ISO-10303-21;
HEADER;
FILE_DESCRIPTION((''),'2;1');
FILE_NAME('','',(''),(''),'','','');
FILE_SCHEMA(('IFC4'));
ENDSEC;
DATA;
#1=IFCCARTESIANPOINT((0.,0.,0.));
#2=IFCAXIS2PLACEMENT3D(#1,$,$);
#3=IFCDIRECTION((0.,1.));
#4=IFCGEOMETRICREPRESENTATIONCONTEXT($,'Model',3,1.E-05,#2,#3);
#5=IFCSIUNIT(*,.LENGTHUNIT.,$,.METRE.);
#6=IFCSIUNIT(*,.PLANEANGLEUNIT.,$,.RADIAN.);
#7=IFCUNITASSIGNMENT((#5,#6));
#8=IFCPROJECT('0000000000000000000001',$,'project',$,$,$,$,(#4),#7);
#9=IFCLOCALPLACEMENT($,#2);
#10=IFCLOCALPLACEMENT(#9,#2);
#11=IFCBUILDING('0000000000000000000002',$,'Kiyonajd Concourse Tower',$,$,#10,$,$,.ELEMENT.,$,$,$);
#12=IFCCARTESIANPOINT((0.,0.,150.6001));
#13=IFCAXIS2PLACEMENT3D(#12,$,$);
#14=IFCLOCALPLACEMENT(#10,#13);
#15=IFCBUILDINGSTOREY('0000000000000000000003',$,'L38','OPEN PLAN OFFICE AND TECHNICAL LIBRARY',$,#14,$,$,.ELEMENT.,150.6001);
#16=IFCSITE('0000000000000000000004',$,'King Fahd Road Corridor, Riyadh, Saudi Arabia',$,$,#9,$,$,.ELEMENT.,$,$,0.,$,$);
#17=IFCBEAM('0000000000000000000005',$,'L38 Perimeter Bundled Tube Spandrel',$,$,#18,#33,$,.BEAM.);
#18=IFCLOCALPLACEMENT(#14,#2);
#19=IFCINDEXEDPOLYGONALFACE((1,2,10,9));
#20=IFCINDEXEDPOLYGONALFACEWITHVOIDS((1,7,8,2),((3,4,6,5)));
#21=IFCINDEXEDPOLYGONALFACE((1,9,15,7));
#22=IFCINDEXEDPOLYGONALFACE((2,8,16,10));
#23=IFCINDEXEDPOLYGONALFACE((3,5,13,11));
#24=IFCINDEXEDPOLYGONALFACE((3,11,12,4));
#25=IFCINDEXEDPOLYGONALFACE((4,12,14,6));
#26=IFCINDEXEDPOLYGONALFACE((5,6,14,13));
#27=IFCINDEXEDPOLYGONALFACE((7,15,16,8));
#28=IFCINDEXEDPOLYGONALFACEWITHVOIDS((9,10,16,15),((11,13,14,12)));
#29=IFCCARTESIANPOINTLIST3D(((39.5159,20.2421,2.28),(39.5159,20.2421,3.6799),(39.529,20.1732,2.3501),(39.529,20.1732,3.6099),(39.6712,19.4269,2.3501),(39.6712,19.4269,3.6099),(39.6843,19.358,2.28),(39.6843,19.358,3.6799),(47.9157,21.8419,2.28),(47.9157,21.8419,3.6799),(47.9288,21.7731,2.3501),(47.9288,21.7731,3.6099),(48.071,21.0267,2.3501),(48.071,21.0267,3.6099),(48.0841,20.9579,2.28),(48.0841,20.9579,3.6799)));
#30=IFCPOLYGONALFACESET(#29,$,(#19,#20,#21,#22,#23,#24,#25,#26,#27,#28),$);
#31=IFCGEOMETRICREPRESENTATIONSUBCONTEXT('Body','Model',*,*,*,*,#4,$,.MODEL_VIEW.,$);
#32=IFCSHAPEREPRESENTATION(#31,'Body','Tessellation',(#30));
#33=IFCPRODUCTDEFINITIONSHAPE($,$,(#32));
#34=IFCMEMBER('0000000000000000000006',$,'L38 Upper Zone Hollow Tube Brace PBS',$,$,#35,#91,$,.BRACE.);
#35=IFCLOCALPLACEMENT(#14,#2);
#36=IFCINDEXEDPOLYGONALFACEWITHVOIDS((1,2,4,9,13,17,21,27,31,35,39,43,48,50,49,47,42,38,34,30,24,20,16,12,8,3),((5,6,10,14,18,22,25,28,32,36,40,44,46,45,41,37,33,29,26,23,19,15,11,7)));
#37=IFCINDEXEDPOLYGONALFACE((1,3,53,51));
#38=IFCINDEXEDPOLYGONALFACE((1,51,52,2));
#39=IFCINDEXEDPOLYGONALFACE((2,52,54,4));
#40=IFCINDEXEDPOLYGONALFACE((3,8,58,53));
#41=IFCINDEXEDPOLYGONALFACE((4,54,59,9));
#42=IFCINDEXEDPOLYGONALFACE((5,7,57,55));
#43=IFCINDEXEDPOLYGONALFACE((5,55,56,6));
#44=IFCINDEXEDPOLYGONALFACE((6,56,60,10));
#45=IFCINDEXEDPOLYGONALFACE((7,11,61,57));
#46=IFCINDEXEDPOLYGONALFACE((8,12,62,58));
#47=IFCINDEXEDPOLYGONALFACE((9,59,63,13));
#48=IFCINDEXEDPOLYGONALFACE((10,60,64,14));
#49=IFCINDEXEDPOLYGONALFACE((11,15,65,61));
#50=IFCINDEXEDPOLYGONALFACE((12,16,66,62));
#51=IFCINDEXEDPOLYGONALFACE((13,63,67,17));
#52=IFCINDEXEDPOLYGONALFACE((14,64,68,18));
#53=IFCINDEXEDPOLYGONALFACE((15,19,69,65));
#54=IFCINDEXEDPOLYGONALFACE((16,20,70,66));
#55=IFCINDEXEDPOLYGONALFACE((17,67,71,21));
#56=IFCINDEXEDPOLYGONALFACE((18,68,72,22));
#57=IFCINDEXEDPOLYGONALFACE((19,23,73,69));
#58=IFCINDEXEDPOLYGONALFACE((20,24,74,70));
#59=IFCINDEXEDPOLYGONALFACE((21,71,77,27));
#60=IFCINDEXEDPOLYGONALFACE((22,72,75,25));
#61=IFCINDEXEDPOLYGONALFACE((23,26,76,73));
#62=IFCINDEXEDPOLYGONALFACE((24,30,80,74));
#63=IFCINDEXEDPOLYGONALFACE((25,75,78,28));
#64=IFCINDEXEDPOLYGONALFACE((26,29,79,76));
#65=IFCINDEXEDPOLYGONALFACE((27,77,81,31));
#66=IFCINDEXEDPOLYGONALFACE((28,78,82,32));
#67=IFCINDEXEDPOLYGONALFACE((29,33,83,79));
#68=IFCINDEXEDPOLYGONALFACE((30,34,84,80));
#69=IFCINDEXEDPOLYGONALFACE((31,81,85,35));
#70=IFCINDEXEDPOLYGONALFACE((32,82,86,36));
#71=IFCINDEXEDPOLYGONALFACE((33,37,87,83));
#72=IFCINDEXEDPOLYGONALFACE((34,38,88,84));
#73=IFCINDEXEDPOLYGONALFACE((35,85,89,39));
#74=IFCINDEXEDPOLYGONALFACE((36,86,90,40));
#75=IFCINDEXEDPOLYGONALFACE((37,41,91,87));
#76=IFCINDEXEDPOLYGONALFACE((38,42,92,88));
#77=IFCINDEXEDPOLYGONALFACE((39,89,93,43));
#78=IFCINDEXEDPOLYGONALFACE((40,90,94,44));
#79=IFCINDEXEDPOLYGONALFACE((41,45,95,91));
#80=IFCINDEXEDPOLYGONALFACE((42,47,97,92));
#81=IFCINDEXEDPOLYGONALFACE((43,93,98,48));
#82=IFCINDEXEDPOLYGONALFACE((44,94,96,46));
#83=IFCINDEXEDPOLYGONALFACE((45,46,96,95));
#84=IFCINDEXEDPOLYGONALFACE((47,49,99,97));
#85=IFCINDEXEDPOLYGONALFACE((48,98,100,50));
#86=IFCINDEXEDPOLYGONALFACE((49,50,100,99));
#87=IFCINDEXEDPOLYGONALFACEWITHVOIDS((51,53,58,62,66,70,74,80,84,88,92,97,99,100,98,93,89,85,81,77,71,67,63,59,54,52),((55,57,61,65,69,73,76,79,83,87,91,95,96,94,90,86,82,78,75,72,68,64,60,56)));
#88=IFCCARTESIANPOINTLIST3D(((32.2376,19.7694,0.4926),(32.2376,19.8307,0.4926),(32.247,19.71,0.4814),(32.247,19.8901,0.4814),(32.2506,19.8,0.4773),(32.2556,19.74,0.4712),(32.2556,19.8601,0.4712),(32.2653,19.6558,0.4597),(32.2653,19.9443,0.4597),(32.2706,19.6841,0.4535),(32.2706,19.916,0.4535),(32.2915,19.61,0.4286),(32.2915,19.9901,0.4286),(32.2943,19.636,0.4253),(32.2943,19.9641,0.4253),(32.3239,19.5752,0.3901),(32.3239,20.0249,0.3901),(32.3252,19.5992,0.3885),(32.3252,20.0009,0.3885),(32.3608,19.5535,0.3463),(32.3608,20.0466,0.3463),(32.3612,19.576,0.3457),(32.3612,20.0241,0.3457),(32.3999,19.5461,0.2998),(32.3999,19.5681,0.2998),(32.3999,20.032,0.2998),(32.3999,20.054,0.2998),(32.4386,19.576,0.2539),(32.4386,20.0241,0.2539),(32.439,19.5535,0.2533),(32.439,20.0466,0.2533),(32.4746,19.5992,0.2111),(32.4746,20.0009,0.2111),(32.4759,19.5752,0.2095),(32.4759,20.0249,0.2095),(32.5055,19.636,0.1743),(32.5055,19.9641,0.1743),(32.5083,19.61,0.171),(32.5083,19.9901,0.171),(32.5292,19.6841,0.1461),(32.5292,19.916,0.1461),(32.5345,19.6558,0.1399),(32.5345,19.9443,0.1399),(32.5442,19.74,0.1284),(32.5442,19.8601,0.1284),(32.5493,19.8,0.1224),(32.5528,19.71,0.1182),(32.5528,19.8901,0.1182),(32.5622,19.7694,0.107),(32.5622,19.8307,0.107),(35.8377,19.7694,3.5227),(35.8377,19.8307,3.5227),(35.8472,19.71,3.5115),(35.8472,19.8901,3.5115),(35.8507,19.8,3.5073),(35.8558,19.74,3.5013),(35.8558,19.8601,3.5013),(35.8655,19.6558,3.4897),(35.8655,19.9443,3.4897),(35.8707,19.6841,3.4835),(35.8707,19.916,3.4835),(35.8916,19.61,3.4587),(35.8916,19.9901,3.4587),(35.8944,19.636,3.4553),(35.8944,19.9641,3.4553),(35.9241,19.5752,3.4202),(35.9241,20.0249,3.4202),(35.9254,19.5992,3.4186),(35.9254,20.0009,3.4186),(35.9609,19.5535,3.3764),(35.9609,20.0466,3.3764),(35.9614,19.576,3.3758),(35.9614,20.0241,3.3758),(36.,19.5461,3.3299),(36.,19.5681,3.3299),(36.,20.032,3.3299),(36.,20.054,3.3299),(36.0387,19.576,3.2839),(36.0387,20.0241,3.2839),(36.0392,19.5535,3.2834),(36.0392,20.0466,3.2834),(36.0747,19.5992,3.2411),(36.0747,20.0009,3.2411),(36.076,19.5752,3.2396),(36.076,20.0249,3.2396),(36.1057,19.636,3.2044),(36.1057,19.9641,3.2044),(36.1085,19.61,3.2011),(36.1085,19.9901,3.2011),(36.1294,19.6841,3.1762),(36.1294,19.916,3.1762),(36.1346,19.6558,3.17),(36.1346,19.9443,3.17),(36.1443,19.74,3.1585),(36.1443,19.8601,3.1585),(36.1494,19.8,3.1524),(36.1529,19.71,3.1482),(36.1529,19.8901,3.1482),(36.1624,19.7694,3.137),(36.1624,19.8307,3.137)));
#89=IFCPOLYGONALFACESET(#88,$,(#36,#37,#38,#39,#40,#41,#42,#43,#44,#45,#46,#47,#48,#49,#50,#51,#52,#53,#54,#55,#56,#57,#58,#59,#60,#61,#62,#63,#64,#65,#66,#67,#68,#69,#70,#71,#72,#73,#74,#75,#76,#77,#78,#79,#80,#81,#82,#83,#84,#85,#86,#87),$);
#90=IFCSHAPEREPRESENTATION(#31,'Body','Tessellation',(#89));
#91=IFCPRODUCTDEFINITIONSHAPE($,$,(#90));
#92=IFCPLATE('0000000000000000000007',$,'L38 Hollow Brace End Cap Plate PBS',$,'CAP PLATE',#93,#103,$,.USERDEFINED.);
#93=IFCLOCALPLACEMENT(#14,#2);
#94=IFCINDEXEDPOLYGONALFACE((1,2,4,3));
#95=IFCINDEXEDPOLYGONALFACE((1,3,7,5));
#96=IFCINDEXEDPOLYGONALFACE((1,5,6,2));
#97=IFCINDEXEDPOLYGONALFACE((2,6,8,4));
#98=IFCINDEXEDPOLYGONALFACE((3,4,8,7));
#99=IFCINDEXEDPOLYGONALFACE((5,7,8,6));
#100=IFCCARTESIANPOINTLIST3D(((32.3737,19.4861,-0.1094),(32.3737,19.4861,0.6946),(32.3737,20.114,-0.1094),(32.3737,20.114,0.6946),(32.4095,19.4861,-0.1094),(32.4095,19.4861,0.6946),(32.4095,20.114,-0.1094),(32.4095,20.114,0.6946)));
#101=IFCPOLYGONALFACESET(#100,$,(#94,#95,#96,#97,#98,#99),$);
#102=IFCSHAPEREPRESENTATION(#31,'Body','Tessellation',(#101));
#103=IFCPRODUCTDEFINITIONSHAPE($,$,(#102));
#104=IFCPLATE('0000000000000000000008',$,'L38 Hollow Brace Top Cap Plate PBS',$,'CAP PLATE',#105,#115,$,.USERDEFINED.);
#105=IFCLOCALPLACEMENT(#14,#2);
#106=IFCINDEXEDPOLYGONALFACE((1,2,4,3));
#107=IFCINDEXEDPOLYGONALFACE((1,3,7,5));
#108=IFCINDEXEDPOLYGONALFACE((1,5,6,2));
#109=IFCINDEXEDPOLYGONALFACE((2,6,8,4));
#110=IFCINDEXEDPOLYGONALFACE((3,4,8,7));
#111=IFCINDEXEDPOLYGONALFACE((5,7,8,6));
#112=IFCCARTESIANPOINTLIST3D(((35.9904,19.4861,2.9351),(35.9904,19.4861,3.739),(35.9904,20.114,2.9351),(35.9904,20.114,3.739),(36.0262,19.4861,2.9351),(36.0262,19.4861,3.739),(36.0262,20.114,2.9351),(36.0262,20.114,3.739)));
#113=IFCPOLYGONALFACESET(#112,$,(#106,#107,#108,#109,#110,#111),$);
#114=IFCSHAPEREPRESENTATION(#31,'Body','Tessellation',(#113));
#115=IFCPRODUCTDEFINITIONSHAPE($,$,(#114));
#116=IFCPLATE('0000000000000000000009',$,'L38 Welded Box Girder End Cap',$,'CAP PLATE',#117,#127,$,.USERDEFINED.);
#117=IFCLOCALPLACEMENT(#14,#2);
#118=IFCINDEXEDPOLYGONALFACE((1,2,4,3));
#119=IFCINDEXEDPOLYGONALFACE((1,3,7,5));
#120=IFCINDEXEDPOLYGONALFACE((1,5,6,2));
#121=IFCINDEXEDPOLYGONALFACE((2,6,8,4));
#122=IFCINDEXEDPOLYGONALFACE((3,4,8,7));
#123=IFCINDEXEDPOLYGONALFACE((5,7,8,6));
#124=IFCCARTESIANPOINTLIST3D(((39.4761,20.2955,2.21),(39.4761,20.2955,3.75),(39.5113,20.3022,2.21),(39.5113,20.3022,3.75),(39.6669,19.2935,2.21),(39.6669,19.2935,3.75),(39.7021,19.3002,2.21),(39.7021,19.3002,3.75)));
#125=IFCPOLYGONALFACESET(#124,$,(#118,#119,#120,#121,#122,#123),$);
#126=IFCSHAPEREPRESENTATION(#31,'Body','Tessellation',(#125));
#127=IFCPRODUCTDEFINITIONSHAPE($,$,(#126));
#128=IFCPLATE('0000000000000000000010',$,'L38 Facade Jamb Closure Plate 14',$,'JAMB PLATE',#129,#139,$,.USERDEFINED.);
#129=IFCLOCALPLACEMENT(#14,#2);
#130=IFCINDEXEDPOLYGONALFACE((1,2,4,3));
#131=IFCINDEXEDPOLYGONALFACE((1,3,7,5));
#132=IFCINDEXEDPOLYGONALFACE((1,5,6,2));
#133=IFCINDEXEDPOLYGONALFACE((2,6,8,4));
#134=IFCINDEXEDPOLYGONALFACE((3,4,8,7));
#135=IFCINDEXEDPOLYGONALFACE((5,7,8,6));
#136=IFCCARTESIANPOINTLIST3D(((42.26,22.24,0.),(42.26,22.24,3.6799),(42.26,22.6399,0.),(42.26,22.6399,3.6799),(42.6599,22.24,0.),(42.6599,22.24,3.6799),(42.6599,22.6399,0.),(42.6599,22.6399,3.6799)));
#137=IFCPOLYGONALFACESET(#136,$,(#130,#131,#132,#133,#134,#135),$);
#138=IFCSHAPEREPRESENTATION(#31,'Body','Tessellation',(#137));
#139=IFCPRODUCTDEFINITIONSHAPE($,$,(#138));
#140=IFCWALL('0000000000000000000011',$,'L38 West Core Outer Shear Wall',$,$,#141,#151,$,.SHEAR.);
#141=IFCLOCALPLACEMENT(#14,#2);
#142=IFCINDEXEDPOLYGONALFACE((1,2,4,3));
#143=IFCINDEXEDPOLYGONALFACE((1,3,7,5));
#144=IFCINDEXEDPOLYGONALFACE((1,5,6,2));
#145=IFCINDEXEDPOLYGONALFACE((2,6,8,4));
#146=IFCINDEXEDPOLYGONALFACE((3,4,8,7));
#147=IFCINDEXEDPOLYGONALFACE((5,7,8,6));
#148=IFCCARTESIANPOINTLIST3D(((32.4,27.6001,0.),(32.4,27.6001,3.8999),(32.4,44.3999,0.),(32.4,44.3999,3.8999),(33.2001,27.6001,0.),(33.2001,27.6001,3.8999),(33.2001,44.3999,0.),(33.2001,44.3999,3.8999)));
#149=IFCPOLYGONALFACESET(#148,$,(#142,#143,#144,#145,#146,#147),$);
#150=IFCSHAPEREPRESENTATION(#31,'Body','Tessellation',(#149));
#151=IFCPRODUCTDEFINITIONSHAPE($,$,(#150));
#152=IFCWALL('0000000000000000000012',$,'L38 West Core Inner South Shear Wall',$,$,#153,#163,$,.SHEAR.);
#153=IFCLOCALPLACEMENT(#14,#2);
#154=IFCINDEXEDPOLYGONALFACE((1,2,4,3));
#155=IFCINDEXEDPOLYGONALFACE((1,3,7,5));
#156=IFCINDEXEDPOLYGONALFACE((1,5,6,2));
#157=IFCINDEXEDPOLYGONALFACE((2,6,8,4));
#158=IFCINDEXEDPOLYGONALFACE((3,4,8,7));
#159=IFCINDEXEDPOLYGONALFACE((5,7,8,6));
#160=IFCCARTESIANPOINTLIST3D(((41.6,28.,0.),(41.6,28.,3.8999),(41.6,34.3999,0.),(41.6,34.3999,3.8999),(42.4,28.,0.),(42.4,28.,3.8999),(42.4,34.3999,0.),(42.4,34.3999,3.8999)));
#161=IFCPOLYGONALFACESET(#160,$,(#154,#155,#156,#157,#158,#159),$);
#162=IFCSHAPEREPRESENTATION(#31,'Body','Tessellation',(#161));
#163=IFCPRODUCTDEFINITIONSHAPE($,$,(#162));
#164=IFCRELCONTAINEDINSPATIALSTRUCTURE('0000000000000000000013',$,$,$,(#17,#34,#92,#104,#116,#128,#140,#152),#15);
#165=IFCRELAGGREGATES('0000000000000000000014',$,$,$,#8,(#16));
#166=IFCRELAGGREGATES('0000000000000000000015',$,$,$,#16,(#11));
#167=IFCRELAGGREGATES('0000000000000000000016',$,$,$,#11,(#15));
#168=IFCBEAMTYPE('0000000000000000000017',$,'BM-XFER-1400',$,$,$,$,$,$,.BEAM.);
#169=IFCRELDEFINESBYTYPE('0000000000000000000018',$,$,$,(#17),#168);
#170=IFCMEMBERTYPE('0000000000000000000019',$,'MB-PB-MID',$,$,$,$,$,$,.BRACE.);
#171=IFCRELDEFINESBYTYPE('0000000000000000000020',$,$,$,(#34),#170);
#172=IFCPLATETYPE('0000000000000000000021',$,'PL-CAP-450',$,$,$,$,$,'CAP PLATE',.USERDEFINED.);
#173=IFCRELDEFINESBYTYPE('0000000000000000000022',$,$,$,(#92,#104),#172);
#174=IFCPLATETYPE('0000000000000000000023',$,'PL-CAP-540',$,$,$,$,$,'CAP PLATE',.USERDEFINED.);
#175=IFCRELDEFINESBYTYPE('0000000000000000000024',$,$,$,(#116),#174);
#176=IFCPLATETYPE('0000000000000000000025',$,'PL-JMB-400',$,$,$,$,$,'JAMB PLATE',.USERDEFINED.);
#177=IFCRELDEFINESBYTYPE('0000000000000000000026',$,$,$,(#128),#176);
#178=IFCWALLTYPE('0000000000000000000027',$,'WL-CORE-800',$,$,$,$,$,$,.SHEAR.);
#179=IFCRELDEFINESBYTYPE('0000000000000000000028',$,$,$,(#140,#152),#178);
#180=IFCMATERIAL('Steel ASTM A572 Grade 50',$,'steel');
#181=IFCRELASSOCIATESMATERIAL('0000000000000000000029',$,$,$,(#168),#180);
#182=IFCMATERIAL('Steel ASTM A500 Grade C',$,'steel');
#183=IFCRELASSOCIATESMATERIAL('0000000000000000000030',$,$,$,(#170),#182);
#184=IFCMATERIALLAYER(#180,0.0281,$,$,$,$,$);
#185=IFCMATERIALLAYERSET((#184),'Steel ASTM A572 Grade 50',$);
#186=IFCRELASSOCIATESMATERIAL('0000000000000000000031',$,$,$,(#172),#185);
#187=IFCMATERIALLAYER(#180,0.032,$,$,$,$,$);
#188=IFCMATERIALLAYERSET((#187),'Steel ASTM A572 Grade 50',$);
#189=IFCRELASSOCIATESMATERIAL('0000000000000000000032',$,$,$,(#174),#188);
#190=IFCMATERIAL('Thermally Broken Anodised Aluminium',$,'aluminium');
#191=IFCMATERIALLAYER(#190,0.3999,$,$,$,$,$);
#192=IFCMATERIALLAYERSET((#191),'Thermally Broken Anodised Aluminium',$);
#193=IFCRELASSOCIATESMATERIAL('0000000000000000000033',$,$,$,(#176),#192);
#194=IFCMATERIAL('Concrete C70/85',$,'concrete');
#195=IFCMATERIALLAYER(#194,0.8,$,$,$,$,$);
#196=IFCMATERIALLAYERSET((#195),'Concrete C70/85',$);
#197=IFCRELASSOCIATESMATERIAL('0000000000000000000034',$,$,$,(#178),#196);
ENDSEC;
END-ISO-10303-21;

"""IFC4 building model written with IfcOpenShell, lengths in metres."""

from ifc_helpers import new_model, si_unit, direction, frame, frame_2d, origin, origin_2d, place, context, subcontext, project, spatial, rectangle, hollow_rectangle, hollow_circle, extrude, material, layer, layer_set, material_profile, profile_set, type_object, element, save


model = new_model("IFC4")

# Units and contexts
model_context = context("Model", 3, precision=1e-05, world=origin(), true_north=direction((0.0, 1.0)))
body_context = subcontext(model_context, "Body", "Model", "MODEL_VIEW")
ifc_project = project(units=[si_unit("LENGTHUNIT", "METRE"), si_unit("PLANEANGLEUNIT", "RADIAN")], contexts=[model_context])

# Site, building, storey
site_placement = place(None, origin())
site = spatial("IfcSite", under=ifc_project, at=site_placement, Name="King Fahd Road Corridor, Riyadh, Saudi Arabia", CompositionType="ELEMENT", RefElevation=0.0)
building_placement = place(site_placement, origin())
building = spatial("IfcBuilding", under=site, at=building_placement, Name="Kiyonajd Concourse Tower", CompositionType="ELEMENT")
storey_placement = place(building_placement, frame((0.0, 0.0, 150.6001)))
storey = spatial("IfcBuildingStorey", under=building, at=storey_placement, Name="L38", Description="OPEN PLAN OFFICE AND TECHNICAL LIBRARY", CompositionType="ELEMENT", Elevation=150.6001)

# Shared definitions
ifc_material_1 = material(Name="Concrete C70/85", Category="concrete")

# Beam
ifc_material_2 = material(Name="Steel ASTM A572 Grade 50", Category="steel")
ifc_material_profile_1 = material_profile(ifc_material_2, hollow_rectangle(XDim=0.8999, YDim=1.3999, WallThickness=0.0701, at=origin_2d()), Name="BOX-1400x900x70")
ifc_profile_set_1 = profile_set([ifc_material_profile_1], Name="Steel ASTM A572 Grade 50")
beam_type_1 = type_object("IfcBeamType", Name="BM-XFER-1400", PredefinedType="BEAM", material=ifc_profile_set_1)
beam_1_placement = place(storey_placement, frame((39.6001, 19.8, 2.98), z_axis=(0.982341, 0.187098, 0.0), x_axis=(-0.187098, 0.982341, 0.0)))
element("IfcBeam", 1, at=beam_1_placement, inside=storey, type_object=beam_type_1, Name="L38 Perimeter Bundled Tube Spandrel", PredefinedType="BEAM", context=body_context, shape_type="SweptSolid", body=[
    extrude(hollow_rectangle(XDim=0.8999, YDim=1.3999, WallThickness=0.0701, at=origin_2d()), origin(), (0.0, 0.0, 1.0), 8.5508),
])

# Member
ifc_material_3 = material(Name="Steel ASTM A500 Grade C", Category="steel")
ifc_material_profile_2 = material_profile(ifc_material_3, hollow_circle(Radius=0.2539, WallThickness=0.022, at=origin_2d()), Name="CHS-508x22")
ifc_profile_set_2 = profile_set([ifc_material_profile_2], Name="Steel ASTM A500 Grade C")
member_type = type_object("IfcMemberType", Name="MB-PB-MID", PredefinedType="BRACE", material=ifc_profile_set_2)
member_placement = place(storey_placement, frame((32.3999, 19.8, 0.2998), z_axis=(0.765082, 0.0, 0.643933), x_axis=(0.0, 1.0, 0.0)))
element("IfcMember", 2, at=member_placement, inside=storey, type_object=member_type, Name="L38 Upper Zone Hollow Tube Brace PBS", PredefinedType="BRACE", context=body_context, shape_type="SweptSolid", body=[
    extrude(hollow_circle(Radius=0.2539, WallThickness=0.022, at=origin_2d()), origin(), (0.0, 0.0, 1.0), 4.7056),
])

# Plates
ifc_layer_1 = layer(ifc_material_2, 0.0281)
ifc_layer_set_1 = layer_set([ifc_layer_1], Name="Steel ASTM A572 Grade 50")
plate_type_1 = type_object("IfcPlateType", Name="PL-CAP-450", ElementType="CAP PLATE", PredefinedType="USERDEFINED", material=ifc_layer_set_1)
for number, where, z_axis, x_axis, name in (
    (3, (32.3916, 19.8, -0.1094), (0.0, 0.0, 1.0), (-1.0, 0.0, 0.0), "L38 Hollow Brace End Cap Plate PBS"),
    (4, (36.0083, 19.8, 2.9351), (0.0, 0.0, 1.0), (1.0, 0.0, 0.0), "L38 Hollow Brace Top Cap Plate PBS"),
):
    element("IfcPlate", number, at=place(storey_placement, frame(where, z_axis=z_axis, x_axis=x_axis)), inside=storey, type_object=plate_type_1, Name=name, ObjectType="CAP PLATE", PredefinedType="USERDEFINED", context=body_context, shape_type="SweptSolid", body=[
        extrude(rectangle(XDim=0.0359, YDim=0.6279, at=origin_2d()), origin(), (0.0, 0.0, 1.0), 0.804),
    ])
ifc_layer_2 = layer(ifc_material_2, 0.032)
ifc_layer_set_2 = layer_set([ifc_layer_2], Name="Steel ASTM A572 Grade 50")
plate_type_2 = type_object("IfcPlateType", Name="PL-CAP-540", ElementType="CAP PLATE", PredefinedType="USERDEFINED", material=ifc_layer_set_2)
plate_1_placement = place(storey_placement, frame((39.5891, 19.7979, 2.21), z_axis=(0.0, 0.0, 1.0), x_axis=(-0.982353, -0.187038, 0.0)))
element("IfcPlate", 5, at=plate_1_placement, inside=storey, type_object=plate_type_2, Name="L38 Welded Box Girder End Cap", ObjectType="CAP PLATE", PredefinedType="USERDEFINED", context=body_context, shape_type="SweptSolid", body=[
    extrude(rectangle(XDim=0.0359, YDim=1.02, at=origin_2d()), origin(), (0.0, 0.0, 1.0), 1.54),
])
ifc_material_4 = material(Name="Thermally Broken Anodised Aluminium", Category="aluminium")
ifc_layer_3 = layer(ifc_material_4, 0.3999)
ifc_layer_set_3 = layer_set([ifc_layer_3], Name="Thermally Broken Anodised Aluminium")
plate_type_3 = type_object("IfcPlateType", Name="PL-JMB-400", ElementType="JAMB PLATE", PredefinedType="USERDEFINED", material=ifc_layer_set_3)
plate_2_placement = place(storey_placement, frame((42.46, 22.4399, 0.0), z_axis=(0.0, 0.0, 1.0), x_axis=(1.0, 0.0, 0.0)))
element("IfcPlate", 6, at=plate_2_placement, inside=storey, type_object=plate_type_3, Name="L38 Facade Jamb Closure Plate 14", ObjectType="JAMB PLATE", PredefinedType="USERDEFINED", context=body_context, shape_type="SweptSolid", body=[
    extrude(rectangle(XDim=0.3999, YDim=0.3999, at=origin_2d()), origin(), (0.0, 0.0, 1.0), 3.6799),
])

# Walls
ifc_layer_4 = layer(ifc_material_1, 0.8)
ifc_layer_set_4 = layer_set([ifc_layer_4], Name="Concrete C70/85")
wall_type_1 = type_object("IfcWallType", Name="WL-CORE-800", PredefinedType="SHEAR", material=ifc_layer_set_4)
wall_1_placement = place(storey_placement, frame((32.8, 27.6001, 0.0), z_axis=(0.0, 0.0, 1.0), x_axis=(0.0, 1.0, 0.0)))
element("IfcWall", 7, at=wall_1_placement, inside=storey, type_object=wall_type_1, Name="L38 West Core Outer Shear Wall", PredefinedType="SHEAR", context=body_context, shape_type="SweptSolid", body=[
    extrude(rectangle(XDim=16.7998, YDim=0.8, at=frame_2d((8.3999, 0.0))), origin(), (0.0, 0.0, 1.0), 3.8999),
])
wall_2_placement = place(storey_placement, frame((42.0, 28.0, 0.0), z_axis=(0.0, 0.0, 1.0), x_axis=(0.0, 1.0, 0.0)))
element("IfcWall", 8, at=wall_2_placement, inside=storey, type_object=wall_type_1, Name="L38 West Core Inner South Shear Wall", PredefinedType="SHEAR", context=body_context, shape_type="SweptSolid", body=[
    extrude(rectangle(XDim=6.3999, YDim=0.8, at=frame_2d((3.2, 0.0))), origin(), (0.0, 0.0, 1.0), 3.8999),
])

save(model, "model.ifc")
